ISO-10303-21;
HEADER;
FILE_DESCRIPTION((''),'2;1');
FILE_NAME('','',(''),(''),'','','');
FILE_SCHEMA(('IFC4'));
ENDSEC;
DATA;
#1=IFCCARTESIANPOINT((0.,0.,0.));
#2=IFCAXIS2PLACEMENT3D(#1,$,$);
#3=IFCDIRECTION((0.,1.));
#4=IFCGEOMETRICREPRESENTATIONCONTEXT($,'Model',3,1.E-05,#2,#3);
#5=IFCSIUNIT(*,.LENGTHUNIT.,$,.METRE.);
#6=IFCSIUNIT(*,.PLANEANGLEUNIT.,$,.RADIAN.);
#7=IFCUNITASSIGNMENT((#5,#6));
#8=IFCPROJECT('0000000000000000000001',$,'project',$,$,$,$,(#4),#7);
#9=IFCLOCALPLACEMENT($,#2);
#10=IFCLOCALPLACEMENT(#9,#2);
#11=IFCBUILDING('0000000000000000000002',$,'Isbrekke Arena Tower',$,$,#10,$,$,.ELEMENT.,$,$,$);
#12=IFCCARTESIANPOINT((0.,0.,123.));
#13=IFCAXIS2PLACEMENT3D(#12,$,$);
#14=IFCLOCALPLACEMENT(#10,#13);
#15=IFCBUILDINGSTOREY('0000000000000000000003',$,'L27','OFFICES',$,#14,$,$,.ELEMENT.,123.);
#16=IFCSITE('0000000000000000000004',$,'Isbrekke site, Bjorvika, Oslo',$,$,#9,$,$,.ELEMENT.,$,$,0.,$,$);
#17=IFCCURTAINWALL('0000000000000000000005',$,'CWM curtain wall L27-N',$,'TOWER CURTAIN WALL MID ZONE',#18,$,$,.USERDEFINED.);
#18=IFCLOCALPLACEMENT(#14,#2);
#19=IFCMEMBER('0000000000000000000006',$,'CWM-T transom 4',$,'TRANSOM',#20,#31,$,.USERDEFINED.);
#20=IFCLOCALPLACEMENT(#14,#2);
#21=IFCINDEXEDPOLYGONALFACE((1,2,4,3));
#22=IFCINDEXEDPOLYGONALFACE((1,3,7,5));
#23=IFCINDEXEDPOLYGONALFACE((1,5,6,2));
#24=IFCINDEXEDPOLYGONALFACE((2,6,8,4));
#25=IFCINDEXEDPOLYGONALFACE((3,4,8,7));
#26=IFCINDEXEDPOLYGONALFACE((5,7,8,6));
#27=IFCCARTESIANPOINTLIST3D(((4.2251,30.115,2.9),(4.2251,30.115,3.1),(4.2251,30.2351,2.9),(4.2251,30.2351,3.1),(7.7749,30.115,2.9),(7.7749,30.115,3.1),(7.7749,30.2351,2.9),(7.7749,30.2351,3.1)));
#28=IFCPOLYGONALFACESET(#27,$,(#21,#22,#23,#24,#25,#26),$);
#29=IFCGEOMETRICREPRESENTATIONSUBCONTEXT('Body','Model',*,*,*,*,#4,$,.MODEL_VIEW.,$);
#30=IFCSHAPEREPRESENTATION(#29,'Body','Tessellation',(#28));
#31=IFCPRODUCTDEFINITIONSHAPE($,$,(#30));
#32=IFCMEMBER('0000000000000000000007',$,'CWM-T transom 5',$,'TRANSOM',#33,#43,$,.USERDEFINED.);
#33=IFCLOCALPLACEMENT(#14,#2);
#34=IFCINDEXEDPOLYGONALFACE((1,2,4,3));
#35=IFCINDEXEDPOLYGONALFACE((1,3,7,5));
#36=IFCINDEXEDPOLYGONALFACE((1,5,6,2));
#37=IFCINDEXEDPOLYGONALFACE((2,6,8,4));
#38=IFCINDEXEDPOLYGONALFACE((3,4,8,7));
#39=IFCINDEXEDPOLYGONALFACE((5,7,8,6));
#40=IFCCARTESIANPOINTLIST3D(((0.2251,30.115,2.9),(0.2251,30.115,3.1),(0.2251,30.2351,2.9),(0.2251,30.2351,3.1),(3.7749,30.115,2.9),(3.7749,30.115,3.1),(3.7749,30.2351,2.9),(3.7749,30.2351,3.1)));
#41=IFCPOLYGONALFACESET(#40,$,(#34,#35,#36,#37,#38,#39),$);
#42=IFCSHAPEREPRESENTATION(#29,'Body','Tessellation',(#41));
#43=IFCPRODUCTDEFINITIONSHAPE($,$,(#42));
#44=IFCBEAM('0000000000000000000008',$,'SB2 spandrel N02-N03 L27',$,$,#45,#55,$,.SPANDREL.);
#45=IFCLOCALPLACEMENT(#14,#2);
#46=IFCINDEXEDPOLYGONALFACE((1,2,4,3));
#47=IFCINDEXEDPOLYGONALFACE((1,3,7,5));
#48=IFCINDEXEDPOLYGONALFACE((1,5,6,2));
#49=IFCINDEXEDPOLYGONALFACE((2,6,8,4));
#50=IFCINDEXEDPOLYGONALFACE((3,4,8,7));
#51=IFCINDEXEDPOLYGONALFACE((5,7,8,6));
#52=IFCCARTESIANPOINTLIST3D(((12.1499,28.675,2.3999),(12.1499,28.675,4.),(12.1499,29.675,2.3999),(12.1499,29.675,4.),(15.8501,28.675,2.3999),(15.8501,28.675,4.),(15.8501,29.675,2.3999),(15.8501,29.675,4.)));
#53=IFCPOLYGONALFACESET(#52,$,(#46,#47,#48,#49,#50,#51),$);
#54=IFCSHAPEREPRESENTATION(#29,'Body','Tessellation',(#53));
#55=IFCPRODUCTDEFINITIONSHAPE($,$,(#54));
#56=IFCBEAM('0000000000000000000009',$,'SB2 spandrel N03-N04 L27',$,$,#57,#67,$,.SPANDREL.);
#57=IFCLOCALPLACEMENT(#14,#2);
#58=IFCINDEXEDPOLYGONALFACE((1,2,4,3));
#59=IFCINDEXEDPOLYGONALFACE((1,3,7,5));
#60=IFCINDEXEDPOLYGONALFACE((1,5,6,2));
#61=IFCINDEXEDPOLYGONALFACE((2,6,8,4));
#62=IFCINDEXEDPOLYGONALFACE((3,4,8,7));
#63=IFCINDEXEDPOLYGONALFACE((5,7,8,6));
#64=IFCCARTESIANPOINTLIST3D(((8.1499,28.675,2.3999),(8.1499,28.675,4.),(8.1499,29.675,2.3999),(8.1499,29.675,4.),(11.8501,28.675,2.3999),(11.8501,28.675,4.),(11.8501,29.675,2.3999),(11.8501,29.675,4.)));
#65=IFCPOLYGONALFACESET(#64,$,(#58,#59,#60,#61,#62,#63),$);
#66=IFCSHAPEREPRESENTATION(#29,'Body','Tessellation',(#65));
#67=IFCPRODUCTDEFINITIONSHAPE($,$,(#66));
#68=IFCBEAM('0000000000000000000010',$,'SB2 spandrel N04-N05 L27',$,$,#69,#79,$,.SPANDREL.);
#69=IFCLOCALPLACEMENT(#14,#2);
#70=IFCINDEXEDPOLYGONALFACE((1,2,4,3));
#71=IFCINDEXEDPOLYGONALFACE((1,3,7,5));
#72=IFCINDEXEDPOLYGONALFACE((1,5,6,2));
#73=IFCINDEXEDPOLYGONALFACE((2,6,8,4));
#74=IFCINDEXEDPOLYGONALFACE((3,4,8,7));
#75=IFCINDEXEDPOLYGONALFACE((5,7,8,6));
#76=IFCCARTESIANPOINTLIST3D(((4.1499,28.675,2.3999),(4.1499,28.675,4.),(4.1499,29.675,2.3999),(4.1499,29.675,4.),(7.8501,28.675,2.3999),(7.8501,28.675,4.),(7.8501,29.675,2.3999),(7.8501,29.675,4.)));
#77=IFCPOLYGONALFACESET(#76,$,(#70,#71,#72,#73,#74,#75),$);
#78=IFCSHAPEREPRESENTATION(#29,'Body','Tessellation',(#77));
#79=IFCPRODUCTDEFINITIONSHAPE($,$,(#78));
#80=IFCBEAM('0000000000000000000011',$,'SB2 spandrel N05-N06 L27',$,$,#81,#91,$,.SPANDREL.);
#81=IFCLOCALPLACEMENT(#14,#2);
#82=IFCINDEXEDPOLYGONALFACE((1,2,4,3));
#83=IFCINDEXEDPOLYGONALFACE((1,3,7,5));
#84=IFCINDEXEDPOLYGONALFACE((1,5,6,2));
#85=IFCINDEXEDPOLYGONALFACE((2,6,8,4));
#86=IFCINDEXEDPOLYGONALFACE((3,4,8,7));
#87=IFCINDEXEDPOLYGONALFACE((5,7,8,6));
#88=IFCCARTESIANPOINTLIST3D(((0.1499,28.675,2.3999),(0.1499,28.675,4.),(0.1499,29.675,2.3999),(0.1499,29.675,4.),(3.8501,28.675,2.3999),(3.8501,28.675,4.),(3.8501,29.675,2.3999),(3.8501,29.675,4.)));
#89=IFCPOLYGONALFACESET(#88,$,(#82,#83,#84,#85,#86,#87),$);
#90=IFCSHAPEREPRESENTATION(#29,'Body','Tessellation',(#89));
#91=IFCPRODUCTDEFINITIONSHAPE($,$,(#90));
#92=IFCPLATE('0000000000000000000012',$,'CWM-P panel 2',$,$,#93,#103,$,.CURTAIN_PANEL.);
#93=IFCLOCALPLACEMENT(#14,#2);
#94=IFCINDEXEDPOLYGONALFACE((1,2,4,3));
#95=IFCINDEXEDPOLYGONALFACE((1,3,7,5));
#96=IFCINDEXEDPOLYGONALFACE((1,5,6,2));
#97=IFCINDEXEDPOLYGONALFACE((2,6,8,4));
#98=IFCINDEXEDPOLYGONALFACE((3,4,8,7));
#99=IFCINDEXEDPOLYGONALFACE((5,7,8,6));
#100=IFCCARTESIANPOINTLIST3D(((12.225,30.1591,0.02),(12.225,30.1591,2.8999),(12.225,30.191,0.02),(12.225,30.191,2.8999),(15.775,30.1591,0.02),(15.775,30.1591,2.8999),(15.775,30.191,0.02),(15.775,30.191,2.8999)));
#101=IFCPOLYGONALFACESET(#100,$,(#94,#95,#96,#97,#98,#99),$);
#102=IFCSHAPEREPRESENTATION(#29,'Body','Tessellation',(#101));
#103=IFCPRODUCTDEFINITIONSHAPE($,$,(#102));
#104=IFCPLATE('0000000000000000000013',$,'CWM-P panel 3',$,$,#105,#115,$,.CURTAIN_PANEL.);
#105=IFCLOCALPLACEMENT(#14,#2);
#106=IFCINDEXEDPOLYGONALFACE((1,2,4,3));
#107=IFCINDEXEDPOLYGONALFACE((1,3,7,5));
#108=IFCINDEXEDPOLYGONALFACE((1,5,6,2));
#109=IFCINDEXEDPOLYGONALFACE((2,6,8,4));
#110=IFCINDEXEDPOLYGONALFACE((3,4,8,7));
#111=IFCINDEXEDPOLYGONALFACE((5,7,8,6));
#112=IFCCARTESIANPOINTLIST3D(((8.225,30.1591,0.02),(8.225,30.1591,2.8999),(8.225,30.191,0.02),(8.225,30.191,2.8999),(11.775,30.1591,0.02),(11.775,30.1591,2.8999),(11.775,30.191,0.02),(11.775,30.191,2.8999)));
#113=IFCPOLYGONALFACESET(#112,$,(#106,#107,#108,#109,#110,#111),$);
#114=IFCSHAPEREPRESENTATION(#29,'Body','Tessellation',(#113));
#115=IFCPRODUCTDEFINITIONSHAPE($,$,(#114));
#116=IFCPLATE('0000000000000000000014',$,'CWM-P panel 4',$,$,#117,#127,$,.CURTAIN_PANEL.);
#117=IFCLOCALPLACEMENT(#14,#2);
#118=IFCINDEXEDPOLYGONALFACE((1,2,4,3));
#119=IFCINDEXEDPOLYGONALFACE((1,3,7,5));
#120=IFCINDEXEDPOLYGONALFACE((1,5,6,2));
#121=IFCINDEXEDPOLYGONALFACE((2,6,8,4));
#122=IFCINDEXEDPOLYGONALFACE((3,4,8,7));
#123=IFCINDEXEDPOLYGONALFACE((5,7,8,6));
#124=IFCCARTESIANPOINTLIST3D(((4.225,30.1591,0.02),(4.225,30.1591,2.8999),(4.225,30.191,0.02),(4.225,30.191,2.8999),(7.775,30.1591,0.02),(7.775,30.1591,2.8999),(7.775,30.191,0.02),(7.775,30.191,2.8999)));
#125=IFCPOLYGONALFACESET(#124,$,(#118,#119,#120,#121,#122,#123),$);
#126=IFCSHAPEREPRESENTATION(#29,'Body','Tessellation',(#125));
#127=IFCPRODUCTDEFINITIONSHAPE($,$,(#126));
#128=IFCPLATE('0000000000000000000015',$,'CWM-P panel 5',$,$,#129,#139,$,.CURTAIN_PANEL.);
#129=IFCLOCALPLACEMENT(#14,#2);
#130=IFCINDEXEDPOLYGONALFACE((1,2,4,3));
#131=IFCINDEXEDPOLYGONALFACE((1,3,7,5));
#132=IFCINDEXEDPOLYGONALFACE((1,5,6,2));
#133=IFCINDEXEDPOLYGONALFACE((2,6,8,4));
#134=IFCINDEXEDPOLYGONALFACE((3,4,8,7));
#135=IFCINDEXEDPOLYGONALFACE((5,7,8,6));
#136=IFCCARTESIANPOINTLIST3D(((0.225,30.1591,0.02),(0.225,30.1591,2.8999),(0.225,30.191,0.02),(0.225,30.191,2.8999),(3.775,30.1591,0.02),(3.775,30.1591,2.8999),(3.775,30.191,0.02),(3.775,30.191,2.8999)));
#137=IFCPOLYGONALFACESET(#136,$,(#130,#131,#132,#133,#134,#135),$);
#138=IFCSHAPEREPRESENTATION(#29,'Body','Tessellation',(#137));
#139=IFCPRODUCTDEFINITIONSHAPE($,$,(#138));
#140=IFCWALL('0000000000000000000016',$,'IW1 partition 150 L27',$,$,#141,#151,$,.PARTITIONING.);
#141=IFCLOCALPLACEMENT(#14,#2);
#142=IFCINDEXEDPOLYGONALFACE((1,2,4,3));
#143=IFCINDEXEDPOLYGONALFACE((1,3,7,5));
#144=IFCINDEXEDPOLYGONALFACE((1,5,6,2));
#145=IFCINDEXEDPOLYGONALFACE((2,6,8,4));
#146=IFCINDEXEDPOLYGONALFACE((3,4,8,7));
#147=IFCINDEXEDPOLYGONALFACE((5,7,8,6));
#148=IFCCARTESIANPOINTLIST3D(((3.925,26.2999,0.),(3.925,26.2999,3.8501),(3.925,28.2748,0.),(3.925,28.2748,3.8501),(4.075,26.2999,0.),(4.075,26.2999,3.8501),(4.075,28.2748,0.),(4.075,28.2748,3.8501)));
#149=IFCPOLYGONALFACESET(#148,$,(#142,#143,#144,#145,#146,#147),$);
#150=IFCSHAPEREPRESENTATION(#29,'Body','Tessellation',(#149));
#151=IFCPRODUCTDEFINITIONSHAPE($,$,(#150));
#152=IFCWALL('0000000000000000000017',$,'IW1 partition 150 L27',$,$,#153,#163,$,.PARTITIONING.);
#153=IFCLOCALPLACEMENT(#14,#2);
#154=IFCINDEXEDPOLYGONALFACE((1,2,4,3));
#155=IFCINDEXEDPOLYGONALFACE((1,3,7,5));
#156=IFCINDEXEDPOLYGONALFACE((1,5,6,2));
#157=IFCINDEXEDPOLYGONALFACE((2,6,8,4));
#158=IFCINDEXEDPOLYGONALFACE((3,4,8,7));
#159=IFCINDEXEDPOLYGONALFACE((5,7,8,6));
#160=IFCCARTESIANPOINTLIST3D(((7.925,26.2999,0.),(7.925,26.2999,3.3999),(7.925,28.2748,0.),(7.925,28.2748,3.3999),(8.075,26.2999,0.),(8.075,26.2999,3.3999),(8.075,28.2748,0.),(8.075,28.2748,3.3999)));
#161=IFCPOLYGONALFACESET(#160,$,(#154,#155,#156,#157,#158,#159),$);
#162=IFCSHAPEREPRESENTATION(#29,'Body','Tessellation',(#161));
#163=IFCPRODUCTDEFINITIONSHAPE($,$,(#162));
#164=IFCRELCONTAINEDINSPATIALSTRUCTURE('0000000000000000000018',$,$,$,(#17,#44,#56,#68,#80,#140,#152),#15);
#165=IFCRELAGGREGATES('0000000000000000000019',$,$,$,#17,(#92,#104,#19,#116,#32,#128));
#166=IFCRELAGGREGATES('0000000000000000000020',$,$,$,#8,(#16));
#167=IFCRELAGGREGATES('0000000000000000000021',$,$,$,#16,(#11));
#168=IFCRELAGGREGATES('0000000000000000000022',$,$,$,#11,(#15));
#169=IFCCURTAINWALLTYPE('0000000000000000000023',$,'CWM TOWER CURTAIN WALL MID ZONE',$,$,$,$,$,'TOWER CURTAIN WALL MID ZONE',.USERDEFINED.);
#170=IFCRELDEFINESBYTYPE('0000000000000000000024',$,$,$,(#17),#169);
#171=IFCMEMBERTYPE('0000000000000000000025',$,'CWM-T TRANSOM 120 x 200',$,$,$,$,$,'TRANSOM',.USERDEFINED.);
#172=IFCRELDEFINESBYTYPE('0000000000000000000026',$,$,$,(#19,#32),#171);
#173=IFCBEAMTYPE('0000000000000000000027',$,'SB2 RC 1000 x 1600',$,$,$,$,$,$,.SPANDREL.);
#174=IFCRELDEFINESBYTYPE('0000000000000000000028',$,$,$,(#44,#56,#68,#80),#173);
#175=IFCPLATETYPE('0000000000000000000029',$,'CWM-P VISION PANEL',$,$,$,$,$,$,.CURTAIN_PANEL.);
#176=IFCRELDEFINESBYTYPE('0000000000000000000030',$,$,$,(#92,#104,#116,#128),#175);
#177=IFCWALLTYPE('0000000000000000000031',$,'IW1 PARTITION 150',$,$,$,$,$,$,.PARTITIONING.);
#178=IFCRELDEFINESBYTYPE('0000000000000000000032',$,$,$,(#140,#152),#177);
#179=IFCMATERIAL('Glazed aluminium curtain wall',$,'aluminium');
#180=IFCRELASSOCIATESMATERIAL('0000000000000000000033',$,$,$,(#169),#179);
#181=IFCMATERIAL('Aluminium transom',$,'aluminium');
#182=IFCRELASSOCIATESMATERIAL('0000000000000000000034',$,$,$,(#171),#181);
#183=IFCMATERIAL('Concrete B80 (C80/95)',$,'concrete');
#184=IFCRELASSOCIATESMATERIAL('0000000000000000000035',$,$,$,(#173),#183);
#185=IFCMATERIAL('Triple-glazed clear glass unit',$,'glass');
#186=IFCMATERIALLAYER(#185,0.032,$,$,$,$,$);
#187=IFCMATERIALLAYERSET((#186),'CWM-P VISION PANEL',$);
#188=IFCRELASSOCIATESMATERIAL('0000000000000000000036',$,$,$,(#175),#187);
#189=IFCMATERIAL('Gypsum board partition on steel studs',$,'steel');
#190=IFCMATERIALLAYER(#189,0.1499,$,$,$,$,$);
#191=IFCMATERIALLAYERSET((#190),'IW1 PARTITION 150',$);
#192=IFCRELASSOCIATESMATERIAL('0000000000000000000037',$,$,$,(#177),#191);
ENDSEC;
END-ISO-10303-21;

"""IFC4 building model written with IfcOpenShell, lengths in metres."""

from ifc_helpers import new_model, si_unit, direction, frame, frame_2d, origin, origin_2d, place, context, subcontext, project, spatial, rectangle, extrude, material, layer, layer_set, material_profile, profile_set, type_object, element, aggregate, save


model = new_model("IFC4")

# Units and contexts
model_context = context("Model", 3, precision=1e-05, world=origin(), true_north=direction((0.0, 1.0)))
body_context = subcontext(model_context, "Body", "Model", "MODEL_VIEW")
ifc_project = project(units=[si_unit("LENGTHUNIT", "METRE"), si_unit("PLANEANGLEUNIT", "RADIAN")], contexts=[model_context])

# Site, building, storey
site_placement = place(None, origin())
site = spatial("IfcSite", under=ifc_project, at=site_placement, Name="Isbrekke site, Bjorvika, Oslo", CompositionType="ELEMENT", RefElevation=0.0)
building_placement = place(site_placement, origin())
building = spatial("IfcBuilding", under=site, at=building_placement, Name="Isbrekke Arena Tower", CompositionType="ELEMENT")
storey_placement = place(building_placement, frame((0.0, 0.0, 123.0)))
storey = spatial("IfcBuildingStorey", under=building, at=storey_placement, Name="L27", Description="OFFICES", CompositionType="ELEMENT", Elevation=123.0)

# Curtain wall, members
ifc_material_1 = material(Name="Glazed aluminium curtain wall", Category="aluminium")
curtain_wall_type = type_object("IfcCurtainWallType", Name="CWM TOWER CURTAIN WALL MID ZONE", ElementType="TOWER CURTAIN WALL MID ZONE", PredefinedType="USERDEFINED", material=ifc_material_1)
curtain_wall_placement = place(storey_placement, origin())
curtain_wall = element("IfcCurtainWall", 1, at=curtain_wall_placement, inside=storey, type_object=curtain_wall_type, Name="CWM curtain wall L27-N", ObjectType="TOWER CURTAIN WALL MID ZONE", PredefinedType="USERDEFINED")
ifc_material_2 = material(Name="Aluminium transom", Category="aluminium")
ifc_material_profile_1 = material_profile(ifc_material_2, rectangle(XDim=0.1201, YDim=0.2, at=origin_2d()), Name="TRANSOM 120X200")
ifc_profile_set_1 = profile_set([ifc_material_profile_1], Name="Aluminium transom")
member_type_1 = type_object("IfcMemberType", Name="CWM-T TRANSOM 120 x 200", ElementType="TRANSOM", PredefinedType="USERDEFINED", material=ifc_profile_set_1)
member_1_placement = place(storey_placement, frame((7.7749, 30.175, 3.0), z_axis=(-1.0, 0.0, 0.0), x_axis=(0.0, -1.0, 0.0)))
member_1 = element("IfcMember", 2, at=member_1_placement, type_object=member_type_1, Name="CWM-T transom 4", ObjectType="TRANSOM", PredefinedType="USERDEFINED", context=body_context, shape_type="SweptSolid", body=[
    extrude(rectangle(XDim=0.1201, YDim=0.2, at=origin_2d()), origin(), (0.0, 0.0, 1.0), 3.5498),
])
member_2_placement = place(storey_placement, frame((3.7749, 30.175, 3.0), z_axis=(-1.0, 0.0, 0.0), x_axis=(0.0, -1.0, 0.0)))
member_2 = element("IfcMember", 3, at=member_2_placement, type_object=member_type_1, Name="CWM-T transom 5", ObjectType="TRANSOM", PredefinedType="USERDEFINED", context=body_context, shape_type="SweptSolid", body=[
    extrude(rectangle(XDim=0.1201, YDim=0.2, at=origin_2d()), origin(), (0.0, 0.0, 1.0), 3.5498),
])

# Beams
ifc_material_3 = material(Name="Concrete B80 (C80/95)", Category="concrete")
ifc_material_profile_2 = material_profile(ifc_material_3, rectangle(XDim=1.0, YDim=1.6001, at=origin_2d()), Name="RC 1000x1600")
ifc_profile_set_2 = profile_set([ifc_material_profile_2], Name="Concrete B80 (C80/95)")
beam_type_1 = type_object("IfcBeamType", Name="SB2 RC 1000 x 1600", PredefinedType="SPANDREL", material=ifc_profile_set_2)
for number, where, z_axis, x_axis, name in (
    (4, (15.8501, 29.175, 3.2), (-1.0, 0.0, 0.0), (0.0, -1.0, 0.0), "SB2 spandrel N02-N03 L27"),
    (5, (11.8501, 29.175, 3.2), (-1.0, 0.0, 0.0), (0.0, -1.0, 0.0), "SB2 spandrel N03-N04 L27"),
    (6, (7.8501, 29.175, 3.2), (-1.0, 0.0, 0.0), (0.0, -1.0, 0.0), "SB2 spandrel N04-N05 L27"),
    (7, (3.8501, 29.175, 3.2), (-1.0, 0.0, 0.0), (0.0, -1.0, 0.0), "SB2 spandrel N05-N06 L27"),
):
    element("IfcBeam", number, at=place(storey_placement, frame(where, z_axis=z_axis, x_axis=x_axis)), inside=storey, type_object=beam_type_1, Name=name, PredefinedType="SPANDREL", context=body_context, shape_type="SweptSolid", body=[
        extrude(rectangle(XDim=1.0, YDim=1.6001, at=origin_2d()), origin(), (0.0, 0.0, 1.0), 3.7002),
    ])

# Plates
ifc_material_4 = material(Name="Triple-glazed clear glass unit", Category="glass")
ifc_layer_1 = layer(ifc_material_4, 0.032)
ifc_layer_set_1 = layer_set([ifc_layer_1], Name="CWM-P VISION PANEL")
plate_type = type_object("IfcPlateType", Name="CWM-P VISION PANEL", PredefinedType="CURTAIN_PANEL", material=ifc_layer_set_1)
plate_1_placement = place(storey_placement, frame((14.0, 30.175, 0.02), z_axis=(0.0, 0.0, 1.0), x_axis=(-1.0, 0.0, 0.0)))
plate_1 = element("IfcPlate", 8, at=plate_1_placement, type_object=plate_type, Name="CWM-P panel 2", PredefinedType="CURTAIN_PANEL", context=body_context, shape_type="SweptSolid", body=[
    extrude(rectangle(XDim=3.55, YDim=0.032, at=origin_2d()), origin(), (0.0, 0.0, 1.0), 2.8799),
])
plate_2_placement = place(storey_placement, frame((10.0, 30.175, 0.02), z_axis=(0.0, 0.0, 1.0), x_axis=(-1.0, 0.0, 0.0)))
plate_2 = element("IfcPlate", 9, at=plate_2_placement, type_object=plate_type, Name="CWM-P panel 3", PredefinedType="CURTAIN_PANEL", context=body_context, shape_type="SweptSolid", body=[
    extrude(rectangle(XDim=3.55, YDim=0.032, at=origin_2d()), origin(), (0.0, 0.0, 1.0), 2.8799),
])
plate_3_placement = place(storey_placement, frame((6.0, 30.175, 0.02), z_axis=(0.0, 0.0, 1.0), x_axis=(-1.0, 0.0, 0.0)))
plate_3 = element("IfcPlate", 10, at=plate_3_placement, type_object=plate_type, Name="CWM-P panel 4", PredefinedType="CURTAIN_PANEL", context=body_context, shape_type="SweptSolid", body=[
    extrude(rectangle(XDim=3.55, YDim=0.032, at=origin_2d()), origin(), (0.0, 0.0, 1.0), 2.8799),
])
plate_4_placement = place(storey_placement, frame((2.0, 30.175, 0.02), z_axis=(0.0, 0.0, 1.0), x_axis=(-1.0, 0.0, 0.0)))
plate_4 = element("IfcPlate", 11, at=plate_4_placement, type_object=plate_type, Name="CWM-P panel 5", PredefinedType="CURTAIN_PANEL", context=body_context, shape_type="SweptSolid", body=[
    extrude(rectangle(XDim=3.55, YDim=0.032, at=origin_2d()), origin(), (0.0, 0.0, 1.0), 2.8799),
])
aggregate(curtain_wall, [plate_1, plate_2, member_1, plate_3, member_2, plate_4])

# Walls
ifc_material_5 = material(Name="Gypsum board partition on steel studs", Category="steel")
ifc_layer_2 = layer(ifc_material_5, 0.1499)
ifc_layer_set_2 = layer_set([ifc_layer_2], Name="IW1 PARTITION 150")
wall_type = type_object("IfcWallType", Name="IW1 PARTITION 150", PredefinedType="PARTITIONING", material=ifc_layer_set_2)
wall_1_placement = place(storey_placement, frame((4.0, 26.3, 0.0), z_axis=(0.0, 0.0, 1.0), x_axis=(0.0, 1.0, 0.0)))
element("IfcWall", 12, at=wall_1_placement, inside=storey, type_object=wall_type, Name="IW1 partition 150 L27", PredefinedType="PARTITIONING", context=body_context, shape_type="SweptSolid", body=[
    extrude(rectangle(XDim=1.9749, YDim=0.1499, at=frame_2d((0.9873, 0.0))), origin(), (0.0, 0.0, 1.0), 3.8501),
])
wall_2_placement = place(storey_placement, frame((8.0, 26.3, 0.0), z_axis=(0.0, 0.0, 1.0), x_axis=(0.0, 1.0, 0.0)))
element("IfcWall", 13, at=wall_2_placement, inside=storey, type_object=wall_type, Name="IW1 partition 150 L27", PredefinedType="PARTITIONING", context=body_context, shape_type="SweptSolid", body=[
    extrude(rectangle(XDim=1.9749, YDim=0.1499, at=frame_2d((0.9873, 0.0))), origin(), (0.0, 0.0, 1.0), 3.3999),
])

save(model, "model.ifc")
